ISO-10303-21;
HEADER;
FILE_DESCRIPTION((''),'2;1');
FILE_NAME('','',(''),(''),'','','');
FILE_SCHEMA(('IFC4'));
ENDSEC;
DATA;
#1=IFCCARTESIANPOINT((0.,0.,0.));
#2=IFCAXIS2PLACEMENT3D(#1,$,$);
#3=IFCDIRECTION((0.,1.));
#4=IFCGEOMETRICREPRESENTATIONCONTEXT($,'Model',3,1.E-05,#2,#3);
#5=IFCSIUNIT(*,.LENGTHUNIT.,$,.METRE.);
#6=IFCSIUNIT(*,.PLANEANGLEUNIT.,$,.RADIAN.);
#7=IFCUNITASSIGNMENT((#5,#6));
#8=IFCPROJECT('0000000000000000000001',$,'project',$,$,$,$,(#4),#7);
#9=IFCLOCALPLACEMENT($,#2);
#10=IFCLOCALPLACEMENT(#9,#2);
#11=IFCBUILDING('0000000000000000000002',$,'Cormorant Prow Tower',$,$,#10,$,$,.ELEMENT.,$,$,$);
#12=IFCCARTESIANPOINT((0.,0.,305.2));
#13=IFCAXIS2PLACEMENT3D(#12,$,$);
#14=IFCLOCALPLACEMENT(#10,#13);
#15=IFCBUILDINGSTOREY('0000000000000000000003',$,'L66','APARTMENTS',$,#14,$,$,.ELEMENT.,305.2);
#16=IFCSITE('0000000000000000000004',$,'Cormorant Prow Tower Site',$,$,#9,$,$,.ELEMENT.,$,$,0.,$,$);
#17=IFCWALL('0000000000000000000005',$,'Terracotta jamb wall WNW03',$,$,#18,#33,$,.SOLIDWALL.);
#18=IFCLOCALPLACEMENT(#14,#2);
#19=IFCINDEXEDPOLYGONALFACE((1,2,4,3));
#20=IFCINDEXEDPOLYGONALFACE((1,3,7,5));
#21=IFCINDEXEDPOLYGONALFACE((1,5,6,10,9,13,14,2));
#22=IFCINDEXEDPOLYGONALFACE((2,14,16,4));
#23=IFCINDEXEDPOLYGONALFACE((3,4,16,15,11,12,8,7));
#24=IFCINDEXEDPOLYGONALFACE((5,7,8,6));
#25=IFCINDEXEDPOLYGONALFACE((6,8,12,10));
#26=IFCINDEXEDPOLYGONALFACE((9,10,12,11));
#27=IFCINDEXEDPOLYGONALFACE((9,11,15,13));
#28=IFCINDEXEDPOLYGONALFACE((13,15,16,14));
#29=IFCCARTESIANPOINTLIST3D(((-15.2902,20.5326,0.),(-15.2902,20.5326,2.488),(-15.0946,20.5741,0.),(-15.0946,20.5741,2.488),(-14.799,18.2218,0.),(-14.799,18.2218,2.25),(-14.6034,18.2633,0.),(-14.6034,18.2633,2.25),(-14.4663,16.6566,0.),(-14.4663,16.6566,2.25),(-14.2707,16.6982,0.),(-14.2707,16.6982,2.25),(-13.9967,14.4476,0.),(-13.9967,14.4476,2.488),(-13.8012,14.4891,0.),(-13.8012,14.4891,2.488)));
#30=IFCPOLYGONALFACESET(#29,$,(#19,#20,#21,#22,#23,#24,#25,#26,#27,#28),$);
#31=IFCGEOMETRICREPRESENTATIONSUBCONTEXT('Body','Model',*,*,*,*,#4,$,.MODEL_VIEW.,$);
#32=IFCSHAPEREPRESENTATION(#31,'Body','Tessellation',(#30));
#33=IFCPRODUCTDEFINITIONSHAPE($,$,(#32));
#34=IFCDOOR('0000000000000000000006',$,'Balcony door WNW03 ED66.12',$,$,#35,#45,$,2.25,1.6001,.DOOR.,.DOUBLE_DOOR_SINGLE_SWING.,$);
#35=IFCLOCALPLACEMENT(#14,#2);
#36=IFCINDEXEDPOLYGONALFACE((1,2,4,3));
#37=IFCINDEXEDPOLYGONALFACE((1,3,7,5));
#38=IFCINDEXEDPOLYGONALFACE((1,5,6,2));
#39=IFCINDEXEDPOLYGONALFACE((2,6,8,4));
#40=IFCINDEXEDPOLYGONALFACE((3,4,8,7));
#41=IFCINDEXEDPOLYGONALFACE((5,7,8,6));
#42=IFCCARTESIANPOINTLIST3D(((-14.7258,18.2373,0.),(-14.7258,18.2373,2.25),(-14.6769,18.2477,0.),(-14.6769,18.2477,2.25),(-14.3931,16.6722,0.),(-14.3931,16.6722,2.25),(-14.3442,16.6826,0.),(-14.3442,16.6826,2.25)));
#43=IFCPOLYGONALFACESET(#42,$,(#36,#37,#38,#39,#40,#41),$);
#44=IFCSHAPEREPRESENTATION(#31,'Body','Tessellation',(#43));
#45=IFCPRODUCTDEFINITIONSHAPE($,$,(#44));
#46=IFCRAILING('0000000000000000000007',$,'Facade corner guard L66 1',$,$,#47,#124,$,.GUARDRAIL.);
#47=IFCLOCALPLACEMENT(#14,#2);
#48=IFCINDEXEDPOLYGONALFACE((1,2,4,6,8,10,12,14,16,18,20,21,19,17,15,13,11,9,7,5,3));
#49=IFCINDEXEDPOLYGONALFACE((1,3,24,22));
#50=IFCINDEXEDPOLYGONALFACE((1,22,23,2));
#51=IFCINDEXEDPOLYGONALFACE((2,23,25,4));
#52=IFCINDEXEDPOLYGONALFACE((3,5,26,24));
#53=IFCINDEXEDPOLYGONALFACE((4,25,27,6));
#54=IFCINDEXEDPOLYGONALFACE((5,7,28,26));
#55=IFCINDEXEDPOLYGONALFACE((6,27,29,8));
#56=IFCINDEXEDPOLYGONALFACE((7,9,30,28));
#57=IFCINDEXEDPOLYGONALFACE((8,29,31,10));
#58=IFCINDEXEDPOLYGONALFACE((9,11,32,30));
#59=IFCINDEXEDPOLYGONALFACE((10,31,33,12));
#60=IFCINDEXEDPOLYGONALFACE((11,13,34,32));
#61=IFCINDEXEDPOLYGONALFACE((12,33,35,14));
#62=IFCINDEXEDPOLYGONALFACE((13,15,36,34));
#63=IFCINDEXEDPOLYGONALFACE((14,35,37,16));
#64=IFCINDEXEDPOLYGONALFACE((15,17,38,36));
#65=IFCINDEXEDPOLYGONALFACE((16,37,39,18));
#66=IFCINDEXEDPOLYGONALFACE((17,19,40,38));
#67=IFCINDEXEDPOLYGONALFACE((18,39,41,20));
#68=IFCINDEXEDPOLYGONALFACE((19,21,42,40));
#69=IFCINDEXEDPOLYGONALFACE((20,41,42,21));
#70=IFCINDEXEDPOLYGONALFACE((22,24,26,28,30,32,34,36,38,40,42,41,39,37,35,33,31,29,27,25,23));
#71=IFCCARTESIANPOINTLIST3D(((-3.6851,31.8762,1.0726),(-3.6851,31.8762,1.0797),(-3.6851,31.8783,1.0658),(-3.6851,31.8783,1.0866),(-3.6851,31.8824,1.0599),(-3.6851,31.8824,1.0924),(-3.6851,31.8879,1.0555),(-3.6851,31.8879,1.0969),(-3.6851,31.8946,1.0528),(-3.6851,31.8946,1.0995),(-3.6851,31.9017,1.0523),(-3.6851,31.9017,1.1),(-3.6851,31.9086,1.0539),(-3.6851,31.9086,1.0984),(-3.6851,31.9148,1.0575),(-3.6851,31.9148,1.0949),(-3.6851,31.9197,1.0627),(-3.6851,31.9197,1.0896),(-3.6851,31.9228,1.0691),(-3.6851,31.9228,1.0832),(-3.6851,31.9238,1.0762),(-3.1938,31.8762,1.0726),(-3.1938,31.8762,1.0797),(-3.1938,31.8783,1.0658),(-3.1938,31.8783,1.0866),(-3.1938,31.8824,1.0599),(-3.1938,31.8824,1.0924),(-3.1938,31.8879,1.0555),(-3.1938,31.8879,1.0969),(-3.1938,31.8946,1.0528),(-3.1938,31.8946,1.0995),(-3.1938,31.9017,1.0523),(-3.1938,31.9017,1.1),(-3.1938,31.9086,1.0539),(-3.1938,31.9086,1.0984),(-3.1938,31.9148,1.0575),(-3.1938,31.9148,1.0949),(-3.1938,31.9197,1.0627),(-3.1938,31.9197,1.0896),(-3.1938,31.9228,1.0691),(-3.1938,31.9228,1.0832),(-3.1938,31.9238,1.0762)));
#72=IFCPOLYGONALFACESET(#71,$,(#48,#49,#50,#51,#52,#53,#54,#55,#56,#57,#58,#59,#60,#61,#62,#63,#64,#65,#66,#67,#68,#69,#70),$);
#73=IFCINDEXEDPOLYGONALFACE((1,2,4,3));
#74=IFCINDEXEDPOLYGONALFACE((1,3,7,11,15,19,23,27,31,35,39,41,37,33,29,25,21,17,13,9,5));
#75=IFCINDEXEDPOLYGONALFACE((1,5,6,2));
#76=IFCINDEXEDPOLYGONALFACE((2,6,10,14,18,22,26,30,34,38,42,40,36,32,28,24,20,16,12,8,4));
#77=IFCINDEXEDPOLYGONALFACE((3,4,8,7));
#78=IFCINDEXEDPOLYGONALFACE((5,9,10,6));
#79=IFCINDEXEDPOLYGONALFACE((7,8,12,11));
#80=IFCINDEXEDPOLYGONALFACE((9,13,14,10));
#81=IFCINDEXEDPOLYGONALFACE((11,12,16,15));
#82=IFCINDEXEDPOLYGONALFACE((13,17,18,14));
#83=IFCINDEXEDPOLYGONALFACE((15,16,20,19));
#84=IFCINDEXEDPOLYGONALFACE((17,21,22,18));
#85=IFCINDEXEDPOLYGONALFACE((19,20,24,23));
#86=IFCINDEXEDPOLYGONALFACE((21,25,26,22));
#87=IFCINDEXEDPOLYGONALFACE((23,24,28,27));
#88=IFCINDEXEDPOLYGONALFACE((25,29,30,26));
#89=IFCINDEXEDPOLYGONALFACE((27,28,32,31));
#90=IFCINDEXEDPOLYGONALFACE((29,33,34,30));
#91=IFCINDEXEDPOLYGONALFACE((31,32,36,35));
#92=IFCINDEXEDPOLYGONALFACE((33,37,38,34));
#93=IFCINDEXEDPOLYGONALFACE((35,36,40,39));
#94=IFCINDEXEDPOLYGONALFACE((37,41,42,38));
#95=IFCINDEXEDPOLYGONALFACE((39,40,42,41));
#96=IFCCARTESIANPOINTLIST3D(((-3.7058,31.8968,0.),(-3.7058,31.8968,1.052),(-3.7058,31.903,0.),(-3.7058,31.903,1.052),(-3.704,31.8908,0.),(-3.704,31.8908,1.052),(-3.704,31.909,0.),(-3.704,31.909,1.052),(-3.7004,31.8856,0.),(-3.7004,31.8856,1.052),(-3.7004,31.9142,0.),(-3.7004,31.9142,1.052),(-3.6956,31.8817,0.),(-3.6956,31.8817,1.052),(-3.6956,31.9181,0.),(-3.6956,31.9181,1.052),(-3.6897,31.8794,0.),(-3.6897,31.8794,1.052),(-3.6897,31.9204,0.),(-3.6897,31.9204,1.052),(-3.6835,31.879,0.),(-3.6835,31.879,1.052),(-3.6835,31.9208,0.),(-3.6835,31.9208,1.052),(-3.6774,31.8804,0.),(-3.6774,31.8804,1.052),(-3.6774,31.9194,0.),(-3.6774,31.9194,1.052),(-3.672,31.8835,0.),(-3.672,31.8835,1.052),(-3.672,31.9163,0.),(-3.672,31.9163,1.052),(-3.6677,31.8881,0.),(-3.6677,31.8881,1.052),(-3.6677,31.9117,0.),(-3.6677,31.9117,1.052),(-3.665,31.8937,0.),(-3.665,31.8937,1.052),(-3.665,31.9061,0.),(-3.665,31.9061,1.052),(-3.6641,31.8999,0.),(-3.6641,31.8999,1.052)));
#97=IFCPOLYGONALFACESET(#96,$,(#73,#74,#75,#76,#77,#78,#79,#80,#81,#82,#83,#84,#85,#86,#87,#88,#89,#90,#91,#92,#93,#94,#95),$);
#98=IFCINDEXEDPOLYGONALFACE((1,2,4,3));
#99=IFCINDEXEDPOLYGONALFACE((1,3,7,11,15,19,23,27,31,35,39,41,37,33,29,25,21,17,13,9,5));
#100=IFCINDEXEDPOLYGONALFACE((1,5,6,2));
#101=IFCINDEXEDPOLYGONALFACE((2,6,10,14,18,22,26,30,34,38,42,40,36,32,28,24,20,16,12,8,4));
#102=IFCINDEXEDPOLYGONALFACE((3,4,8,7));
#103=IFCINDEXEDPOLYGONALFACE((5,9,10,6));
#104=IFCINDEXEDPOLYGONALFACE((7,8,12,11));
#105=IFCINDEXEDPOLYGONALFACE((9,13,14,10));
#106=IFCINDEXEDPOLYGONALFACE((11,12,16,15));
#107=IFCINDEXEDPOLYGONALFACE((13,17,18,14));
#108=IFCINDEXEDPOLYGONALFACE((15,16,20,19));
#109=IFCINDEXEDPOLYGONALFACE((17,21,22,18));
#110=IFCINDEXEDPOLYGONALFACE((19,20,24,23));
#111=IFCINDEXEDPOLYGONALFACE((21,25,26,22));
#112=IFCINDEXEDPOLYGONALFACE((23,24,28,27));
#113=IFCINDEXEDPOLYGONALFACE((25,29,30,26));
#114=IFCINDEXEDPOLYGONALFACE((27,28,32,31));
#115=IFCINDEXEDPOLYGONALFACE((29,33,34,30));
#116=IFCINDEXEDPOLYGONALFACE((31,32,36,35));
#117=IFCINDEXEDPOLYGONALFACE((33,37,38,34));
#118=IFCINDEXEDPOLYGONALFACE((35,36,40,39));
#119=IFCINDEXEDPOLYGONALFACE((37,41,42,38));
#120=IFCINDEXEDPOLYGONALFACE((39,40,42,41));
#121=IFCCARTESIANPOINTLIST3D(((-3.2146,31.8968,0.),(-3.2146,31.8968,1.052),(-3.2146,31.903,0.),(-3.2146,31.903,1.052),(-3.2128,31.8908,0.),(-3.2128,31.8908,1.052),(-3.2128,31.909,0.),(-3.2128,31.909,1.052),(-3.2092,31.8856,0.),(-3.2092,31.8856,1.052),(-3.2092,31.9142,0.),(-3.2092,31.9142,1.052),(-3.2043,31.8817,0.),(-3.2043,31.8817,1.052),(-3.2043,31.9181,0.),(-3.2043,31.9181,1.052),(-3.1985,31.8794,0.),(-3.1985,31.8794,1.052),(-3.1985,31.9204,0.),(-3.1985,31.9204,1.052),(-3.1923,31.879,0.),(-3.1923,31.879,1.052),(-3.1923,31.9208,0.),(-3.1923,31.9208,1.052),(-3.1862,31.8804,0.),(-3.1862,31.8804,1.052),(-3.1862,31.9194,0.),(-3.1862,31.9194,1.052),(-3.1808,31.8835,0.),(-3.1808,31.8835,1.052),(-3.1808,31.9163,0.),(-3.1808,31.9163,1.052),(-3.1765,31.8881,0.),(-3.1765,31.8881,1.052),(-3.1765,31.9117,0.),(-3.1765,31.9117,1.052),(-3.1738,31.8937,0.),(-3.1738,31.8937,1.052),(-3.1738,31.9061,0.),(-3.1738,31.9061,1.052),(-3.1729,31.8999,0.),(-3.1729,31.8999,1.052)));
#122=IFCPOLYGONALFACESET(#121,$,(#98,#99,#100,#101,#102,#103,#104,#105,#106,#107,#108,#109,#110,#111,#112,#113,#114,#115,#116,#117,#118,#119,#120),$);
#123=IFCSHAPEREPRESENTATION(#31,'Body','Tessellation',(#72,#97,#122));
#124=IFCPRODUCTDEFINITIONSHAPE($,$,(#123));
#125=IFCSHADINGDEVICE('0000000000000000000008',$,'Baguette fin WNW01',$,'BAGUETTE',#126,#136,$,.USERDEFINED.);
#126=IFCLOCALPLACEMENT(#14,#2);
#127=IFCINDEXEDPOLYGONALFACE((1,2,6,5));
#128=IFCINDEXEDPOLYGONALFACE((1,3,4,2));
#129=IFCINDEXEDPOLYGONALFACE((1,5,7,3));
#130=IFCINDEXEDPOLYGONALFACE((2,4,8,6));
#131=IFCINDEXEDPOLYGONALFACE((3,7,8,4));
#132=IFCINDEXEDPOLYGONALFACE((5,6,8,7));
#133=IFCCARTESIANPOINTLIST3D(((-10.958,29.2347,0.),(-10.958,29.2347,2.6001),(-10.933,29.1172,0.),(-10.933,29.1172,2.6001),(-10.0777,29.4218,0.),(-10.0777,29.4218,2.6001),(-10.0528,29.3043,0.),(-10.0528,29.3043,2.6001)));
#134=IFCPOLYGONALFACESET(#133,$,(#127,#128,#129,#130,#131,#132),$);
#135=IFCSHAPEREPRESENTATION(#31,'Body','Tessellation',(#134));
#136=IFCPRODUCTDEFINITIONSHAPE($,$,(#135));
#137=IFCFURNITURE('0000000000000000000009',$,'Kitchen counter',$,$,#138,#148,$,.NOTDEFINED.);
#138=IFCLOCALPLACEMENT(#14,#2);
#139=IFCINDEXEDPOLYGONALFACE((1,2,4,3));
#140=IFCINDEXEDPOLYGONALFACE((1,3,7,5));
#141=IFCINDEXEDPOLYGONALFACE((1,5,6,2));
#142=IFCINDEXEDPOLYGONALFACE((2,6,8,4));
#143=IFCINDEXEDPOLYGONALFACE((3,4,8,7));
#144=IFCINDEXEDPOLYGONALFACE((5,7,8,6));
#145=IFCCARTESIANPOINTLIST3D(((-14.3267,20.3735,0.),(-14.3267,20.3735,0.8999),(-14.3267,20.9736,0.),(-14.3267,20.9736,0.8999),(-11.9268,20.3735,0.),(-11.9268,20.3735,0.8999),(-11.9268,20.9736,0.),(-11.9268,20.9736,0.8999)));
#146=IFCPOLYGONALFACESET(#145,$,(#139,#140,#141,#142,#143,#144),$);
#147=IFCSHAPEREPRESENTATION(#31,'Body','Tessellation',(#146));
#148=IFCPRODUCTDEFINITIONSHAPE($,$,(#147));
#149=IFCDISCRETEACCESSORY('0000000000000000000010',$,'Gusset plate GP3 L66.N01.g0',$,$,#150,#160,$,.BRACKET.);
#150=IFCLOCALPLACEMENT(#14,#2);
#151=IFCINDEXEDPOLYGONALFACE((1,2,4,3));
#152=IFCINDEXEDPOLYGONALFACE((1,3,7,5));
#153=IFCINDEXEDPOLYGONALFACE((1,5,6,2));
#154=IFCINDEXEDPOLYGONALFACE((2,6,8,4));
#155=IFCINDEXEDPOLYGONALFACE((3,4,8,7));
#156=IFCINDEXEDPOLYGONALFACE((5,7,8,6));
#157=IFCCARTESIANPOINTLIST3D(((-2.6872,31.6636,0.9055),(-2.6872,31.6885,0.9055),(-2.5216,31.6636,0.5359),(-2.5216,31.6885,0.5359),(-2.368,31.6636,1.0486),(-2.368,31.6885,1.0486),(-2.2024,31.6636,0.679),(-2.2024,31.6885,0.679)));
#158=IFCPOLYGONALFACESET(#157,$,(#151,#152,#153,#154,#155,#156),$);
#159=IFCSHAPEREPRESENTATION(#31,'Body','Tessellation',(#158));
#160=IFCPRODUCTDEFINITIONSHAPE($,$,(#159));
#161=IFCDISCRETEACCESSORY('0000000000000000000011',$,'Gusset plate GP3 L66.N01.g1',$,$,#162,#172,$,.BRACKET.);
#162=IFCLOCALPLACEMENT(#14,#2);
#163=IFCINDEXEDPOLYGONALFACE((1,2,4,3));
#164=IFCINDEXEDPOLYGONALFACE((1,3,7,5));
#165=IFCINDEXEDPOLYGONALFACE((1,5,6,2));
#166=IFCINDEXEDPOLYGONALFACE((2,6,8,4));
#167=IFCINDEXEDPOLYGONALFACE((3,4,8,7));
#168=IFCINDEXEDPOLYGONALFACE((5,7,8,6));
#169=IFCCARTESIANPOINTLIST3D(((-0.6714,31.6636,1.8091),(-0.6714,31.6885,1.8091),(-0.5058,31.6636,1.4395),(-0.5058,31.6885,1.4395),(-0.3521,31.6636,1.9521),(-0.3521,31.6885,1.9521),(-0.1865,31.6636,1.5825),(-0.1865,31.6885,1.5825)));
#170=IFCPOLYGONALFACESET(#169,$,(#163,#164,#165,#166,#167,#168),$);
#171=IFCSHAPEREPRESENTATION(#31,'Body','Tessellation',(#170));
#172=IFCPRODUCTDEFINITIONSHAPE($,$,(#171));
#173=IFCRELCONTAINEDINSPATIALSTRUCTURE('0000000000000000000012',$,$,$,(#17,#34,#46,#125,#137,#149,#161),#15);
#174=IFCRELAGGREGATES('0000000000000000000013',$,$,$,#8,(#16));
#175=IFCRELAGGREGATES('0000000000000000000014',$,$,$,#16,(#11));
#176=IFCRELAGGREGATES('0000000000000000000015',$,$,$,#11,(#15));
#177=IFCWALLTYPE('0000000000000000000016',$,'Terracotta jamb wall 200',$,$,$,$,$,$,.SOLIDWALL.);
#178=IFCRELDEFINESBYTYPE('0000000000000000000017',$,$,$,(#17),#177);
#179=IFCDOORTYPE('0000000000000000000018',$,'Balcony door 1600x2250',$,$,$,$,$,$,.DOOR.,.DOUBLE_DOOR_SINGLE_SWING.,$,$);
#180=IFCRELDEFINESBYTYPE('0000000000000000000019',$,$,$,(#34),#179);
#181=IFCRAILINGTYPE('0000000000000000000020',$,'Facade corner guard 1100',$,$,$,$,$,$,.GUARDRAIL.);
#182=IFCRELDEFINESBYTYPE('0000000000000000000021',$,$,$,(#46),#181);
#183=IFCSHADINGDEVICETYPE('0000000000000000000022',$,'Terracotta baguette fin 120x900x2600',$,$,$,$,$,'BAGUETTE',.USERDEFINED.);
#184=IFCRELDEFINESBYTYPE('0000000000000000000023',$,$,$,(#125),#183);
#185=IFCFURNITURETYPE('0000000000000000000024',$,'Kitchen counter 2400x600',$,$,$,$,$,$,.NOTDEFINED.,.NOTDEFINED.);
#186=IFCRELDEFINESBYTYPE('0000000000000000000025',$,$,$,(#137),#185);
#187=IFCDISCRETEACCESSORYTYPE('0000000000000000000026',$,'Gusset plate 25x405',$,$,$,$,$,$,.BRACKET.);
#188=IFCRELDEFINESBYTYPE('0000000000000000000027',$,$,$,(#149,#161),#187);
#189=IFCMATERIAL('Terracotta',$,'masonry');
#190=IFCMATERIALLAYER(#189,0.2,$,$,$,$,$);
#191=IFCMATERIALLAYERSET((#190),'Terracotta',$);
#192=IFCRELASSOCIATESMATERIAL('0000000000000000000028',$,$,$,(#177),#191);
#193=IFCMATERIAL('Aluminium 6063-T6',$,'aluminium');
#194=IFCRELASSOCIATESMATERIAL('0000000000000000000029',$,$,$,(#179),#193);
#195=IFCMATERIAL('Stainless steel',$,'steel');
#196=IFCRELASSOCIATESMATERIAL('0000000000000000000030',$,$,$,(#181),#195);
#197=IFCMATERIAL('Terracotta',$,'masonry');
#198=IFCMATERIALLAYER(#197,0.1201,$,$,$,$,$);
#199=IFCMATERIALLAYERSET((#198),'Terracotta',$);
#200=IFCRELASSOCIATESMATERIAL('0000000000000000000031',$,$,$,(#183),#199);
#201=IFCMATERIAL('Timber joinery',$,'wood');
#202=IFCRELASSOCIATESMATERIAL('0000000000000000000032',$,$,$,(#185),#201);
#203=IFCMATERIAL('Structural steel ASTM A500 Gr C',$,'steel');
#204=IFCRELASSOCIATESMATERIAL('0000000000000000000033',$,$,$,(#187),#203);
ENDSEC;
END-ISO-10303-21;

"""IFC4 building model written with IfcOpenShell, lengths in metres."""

from ifc_helpers import new_model, si_unit, direction, frame, frame_2d, origin, origin_2d, place, context, subcontext, project, spatial, rectangle, circle, extrude, material, layer, layer_set, material_profile, profile_set, type_object, element, fill, save


model = new_model("IFC4")

# Units and contexts
model_context = context("Model", 3, precision=1e-05, world=origin(), true_north=direction((0.0, 1.0)))
body_context = subcontext(model_context, "Body", "Model", "MODEL_VIEW")
ifc_project = project(units=[si_unit("LENGTHUNIT", "METRE"), si_unit("PLANEANGLEUNIT", "RADIAN")], contexts=[model_context])

# Site, building, storey
site_placement = place(None, origin())
site = spatial("IfcSite", under=ifc_project, at=site_placement, Name="Cormorant Prow Tower Site", CompositionType="ELEMENT", RefElevation=0.0)
building_placement = place(site_placement, origin())
building = spatial("IfcBuilding", under=site, at=building_placement, Name="Cormorant Prow Tower", CompositionType="ELEMENT")
storey_placement = place(building_placement, frame((0.0, 0.0, 305.2)))
storey = spatial("IfcBuildingStorey", under=building, at=storey_placement, Name="L66", Description="APARTMENTS", CompositionType="ELEMENT", Elevation=305.2)

# Wall, opening, door
ifc_material_1 = material(Name="Terracotta", Category="masonry")
ifc_layer_1 = layer(ifc_material_1, 0.2)
ifc_layer_set_1 = layer_set([ifc_layer_1], Name="Terracotta")
wall_type_1 = type_object("IfcWallType", Name="Terracotta jamb wall 200", PredefinedType="SOLIDWALL", material=ifc_layer_set_1)
ifc_material_2 = material(Name="Aluminium 6063-T6", Category="aluminium")
door_type = type_object("IfcDoorType", Name="Balcony door 1600x2250", OperationType="DOUBLE_DOOR_SINGLE_SWING", PredefinedType="DOOR", material=ifc_material_2)
wall_1_placement = place(storey_placement, frame((-15.1924, 20.5532, 0.0), z_axis=(0.0, 0.0, 1.0), x_axis=(0.207921, -0.978146, 0.0)))
wall_1 = element("IfcWall", 1, at=wall_1_placement, inside=storey, type_object=wall_type_1, Name="Terracotta jamb wall WNW03", PredefinedType="SOLIDWALL", context=body_context, shape_type="SweptSolid", body=[
    extrude(rectangle(XDim=6.2209, YDim=0.2, at=frame_2d((3.1104, 0.0))), origin(), (0.0, 0.0, 1.0), 2.488),
])
opening_1_placement = place(wall_1_placement, frame((2.3623, 0.0, 0.0)))
opening_1 = element("IfcOpeningElement", 2, at=opening_1_placement, cuts=wall_1, PredefinedType="OPENING", context=body_context, shape_type="SweptSolid", body=[
    extrude(rectangle(XDim=1.6001, YDim=2.25, at=frame_2d((0.8, 1.125))), frame((0.0, 0.1099, 0.0), z_axis=(0.0, -1.0, 0.0), x_axis=(1.0, 0.0, 0.0)), (0.0, 0.0, 1.0), 0.22),
])
door_1_placement = place(opening_1_placement, origin())
door_1 = element("IfcDoor", 3, at=door_1_placement, inside=storey, type_object=door_type, Name="Balcony door WNW03 ED66.12", OperationType="DOUBLE_DOOR_SINGLE_SWING", OverallHeight=2.25, OverallWidth=1.6001, PredefinedType="DOOR", context=body_context, shape_type="SweptSolid", body=[
    extrude(rectangle(XDim=1.6001, YDim=2.25, at=frame_2d((0.8, 1.125))), frame((0.0, 0.0249, 0.0), z_axis=(0.0, -1.0, 0.0), x_axis=(1.0, 0.0, 0.0)), (0.0, 0.0, 1.0), 0.05),
])
fill(opening_1, door_1)

# Railing
ifc_material_3 = material(Name="Stainless steel", Category="steel")
railing_type_1 = type_object("IfcRailingType", Name="Facade corner guard 1100", PredefinedType="GUARDRAIL", material=ifc_material_3)
railing_1_placement = place(storey_placement, frame((-3.6851, 31.8999, 0.0)))
element("IfcRailing", 4, at=railing_1_placement, inside=storey, type_object=railing_type_1, Name="Facade corner guard L66 1", PredefinedType="GUARDRAIL", context=body_context, shape_type="SweptSolid", body=[
    extrude(circle(Radius=0.0239, at=origin_2d()), frame((0.0, 0.0, 1.0762), z_axis=(1.0, 0.0, 0.0), x_axis=(0.0, 1.0, 0.0)), (0.0, 0.0, 1.0), 0.4912),
    extrude(circle(Radius=0.021, at=origin_2d()), origin(), (0.0, 0.0, 1.0), 1.052),
    extrude(circle(Radius=0.021, at=origin_2d()), frame((0.4912, 0.0, 0.0)), (0.0, 0.0, 1.0), 1.052),
])

# Shading device
ifc_material_4 = material(Name="Terracotta", Category="masonry")
ifc_layer_2 = layer(ifc_material_4, 0.1201)
ifc_layer_set_2 = layer_set([ifc_layer_2], Name="Terracotta")
shading_device_type = type_object("IfcShadingDeviceType", Name="Terracotta baguette fin 120x900x2600", ElementType="BAGUETTE", PredefinedType="USERDEFINED", material=ifc_layer_set_2)
shading_device_placement = place(storey_placement, frame((-10.5054, 29.2695, 0.0), z_axis=(0.0, 0.0, 1.0), x_axis=(0.207912, -0.978148, 0.0)))
element("IfcShadingDevice", 5, at=shading_device_placement, inside=storey, type_object=shading_device_type, Name="Baguette fin WNW01", ObjectType="BAGUETTE", PredefinedType="USERDEFINED", context=body_context, shape_type="SweptSolid", body=[
    extrude(rectangle(XDim=0.1201, YDim=0.8999, at=origin_2d()), origin(), (0.0, 0.0, 1.0), 2.6001),
])

# Furniture
ifc_material_5 = material(Name="Timber joinery", Category="wood")
furniture_type = type_object("IfcFurnitureType", Name="Kitchen counter 2400x600", AssemblyPlace="NOTDEFINED", PredefinedType="NOTDEFINED", material=ifc_material_5)
furniture_placement = place(storey_placement, frame((-13.1267, 20.6736, 0.0), z_axis=(0.0, 0.0, 1.0), x_axis=(1.0, 0.0, 0.0)))
element("IfcFurniture", 6, at=furniture_placement, inside=storey, type_object=furniture_type, Name="Kitchen counter", PredefinedType="NOTDEFINED", context=body_context, shape_type="SweptSolid", body=[
    extrude(rectangle(XDim=2.3999, YDim=0.6001, at=origin_2d()), origin(), (0.0, 0.0, 1.0), 0.8999),
])

# Discrete accessories
ifc_material_6 = material(Name="Structural steel ASTM A500 Gr C", Category="steel")
ifc_material_profile_1 = material_profile(ifc_material_6, rectangle(XDim=0.0249, YDim=0.405, at=origin_2d()), Name="Gusset plate 25x405")
ifc_profile_set_1 = profile_set([ifc_material_profile_1], Name="Structural steel ASTM A500 Gr C")
discrete_accessory_type = type_object("IfcDiscreteAccessoryType", Name="Gusset plate 25x405", PredefinedType="BRACKET", material=ifc_profile_set_1)
for number, where, z_axis, x_axis, name in (
    (7, (-2.2852, 31.676, 0.8638), (-0.912599, 0.0, -0.408856), (0.0, -1.0, 0.0), "Gusset plate GP3 L66.N01.g0"),
    (8, (-0.5886, 31.676, 1.6243), (0.912599, 0.0, 0.408856), (0.0, 1.0, 0.0), "Gusset plate GP3 L66.N01.g1"),
):
    element("IfcDiscreteAccessory", number, at=place(storey_placement, frame(where, z_axis=z_axis, x_axis=x_axis)), inside=storey, type_object=discrete_accessory_type, Name=name, PredefinedType="BRACKET", context=body_context, shape_type="SweptSolid", body=[
        extrude(rectangle(XDim=0.0249, YDim=0.405, at=origin_2d()), origin(), (0.0, 0.0, 1.0), 0.3499),
    ])

save(model, "model.ifc")
